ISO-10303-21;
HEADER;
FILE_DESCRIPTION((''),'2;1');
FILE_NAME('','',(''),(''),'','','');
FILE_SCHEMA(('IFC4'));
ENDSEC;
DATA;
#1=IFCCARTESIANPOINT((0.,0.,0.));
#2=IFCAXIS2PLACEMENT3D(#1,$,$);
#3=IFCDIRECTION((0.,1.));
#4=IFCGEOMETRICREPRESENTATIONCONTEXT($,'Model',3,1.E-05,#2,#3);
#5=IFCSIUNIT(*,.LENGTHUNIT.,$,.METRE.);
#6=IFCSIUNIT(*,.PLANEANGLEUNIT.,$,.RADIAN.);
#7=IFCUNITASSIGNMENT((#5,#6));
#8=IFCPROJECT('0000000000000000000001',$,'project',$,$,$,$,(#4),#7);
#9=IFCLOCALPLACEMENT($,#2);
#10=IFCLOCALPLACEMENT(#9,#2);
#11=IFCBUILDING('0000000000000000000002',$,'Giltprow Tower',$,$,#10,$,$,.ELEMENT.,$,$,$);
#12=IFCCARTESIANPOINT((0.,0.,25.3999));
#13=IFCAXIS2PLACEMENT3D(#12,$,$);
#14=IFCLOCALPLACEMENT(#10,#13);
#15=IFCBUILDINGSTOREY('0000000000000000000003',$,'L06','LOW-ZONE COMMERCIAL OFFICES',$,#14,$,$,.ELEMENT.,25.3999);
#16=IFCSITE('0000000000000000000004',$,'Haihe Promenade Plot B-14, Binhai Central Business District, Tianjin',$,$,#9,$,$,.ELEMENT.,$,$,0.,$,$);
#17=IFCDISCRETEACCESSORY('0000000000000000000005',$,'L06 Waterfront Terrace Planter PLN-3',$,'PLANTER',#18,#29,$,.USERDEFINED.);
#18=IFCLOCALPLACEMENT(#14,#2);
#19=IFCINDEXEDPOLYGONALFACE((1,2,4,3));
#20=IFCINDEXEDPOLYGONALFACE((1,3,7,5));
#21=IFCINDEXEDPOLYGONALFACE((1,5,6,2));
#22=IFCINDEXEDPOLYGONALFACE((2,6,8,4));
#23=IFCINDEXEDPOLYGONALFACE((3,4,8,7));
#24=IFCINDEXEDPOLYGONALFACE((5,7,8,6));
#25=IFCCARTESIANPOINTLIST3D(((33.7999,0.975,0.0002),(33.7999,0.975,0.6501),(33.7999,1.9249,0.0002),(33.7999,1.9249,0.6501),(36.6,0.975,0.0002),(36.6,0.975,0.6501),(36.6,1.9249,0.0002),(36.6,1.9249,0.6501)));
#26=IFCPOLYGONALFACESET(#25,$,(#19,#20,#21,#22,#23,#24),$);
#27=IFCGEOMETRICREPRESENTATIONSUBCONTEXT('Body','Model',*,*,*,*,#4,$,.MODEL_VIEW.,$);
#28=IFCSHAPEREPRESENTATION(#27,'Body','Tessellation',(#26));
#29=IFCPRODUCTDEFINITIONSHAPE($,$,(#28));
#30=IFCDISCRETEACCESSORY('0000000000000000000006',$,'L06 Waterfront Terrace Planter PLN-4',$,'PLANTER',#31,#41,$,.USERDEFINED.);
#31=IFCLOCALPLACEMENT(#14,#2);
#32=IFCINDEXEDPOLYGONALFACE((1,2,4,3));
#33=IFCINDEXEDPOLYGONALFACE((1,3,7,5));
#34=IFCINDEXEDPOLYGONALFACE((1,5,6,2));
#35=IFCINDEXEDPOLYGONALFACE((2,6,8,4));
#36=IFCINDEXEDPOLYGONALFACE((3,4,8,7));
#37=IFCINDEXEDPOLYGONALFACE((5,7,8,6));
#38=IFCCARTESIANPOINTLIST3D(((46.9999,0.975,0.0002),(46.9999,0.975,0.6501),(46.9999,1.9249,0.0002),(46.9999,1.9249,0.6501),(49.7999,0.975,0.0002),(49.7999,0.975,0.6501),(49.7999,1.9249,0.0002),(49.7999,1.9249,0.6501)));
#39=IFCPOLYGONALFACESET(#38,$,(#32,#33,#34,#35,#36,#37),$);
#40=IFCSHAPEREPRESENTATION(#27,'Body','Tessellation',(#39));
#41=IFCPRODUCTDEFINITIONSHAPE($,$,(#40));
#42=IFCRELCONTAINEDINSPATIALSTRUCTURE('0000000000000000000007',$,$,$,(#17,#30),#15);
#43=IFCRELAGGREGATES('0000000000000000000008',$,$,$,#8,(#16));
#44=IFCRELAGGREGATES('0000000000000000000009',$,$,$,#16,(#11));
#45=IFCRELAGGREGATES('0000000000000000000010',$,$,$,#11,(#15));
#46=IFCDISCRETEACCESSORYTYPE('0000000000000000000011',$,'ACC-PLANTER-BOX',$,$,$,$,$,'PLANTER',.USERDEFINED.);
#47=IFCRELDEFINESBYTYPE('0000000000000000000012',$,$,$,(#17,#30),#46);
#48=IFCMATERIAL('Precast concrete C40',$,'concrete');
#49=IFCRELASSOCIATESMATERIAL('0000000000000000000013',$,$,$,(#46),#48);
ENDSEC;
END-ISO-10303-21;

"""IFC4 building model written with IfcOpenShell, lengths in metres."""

from ifc_helpers import new_model, si_unit, direction, frame, origin, origin_2d, place, context, subcontext, project, spatial, rectangle, extrude, source, transform, mapped, material, type_object, element, save


model = new_model("IFC4")

# Units and contexts
model_context = context("Model", 3, precision=1e-05, world=origin(), true_north=direction((0.0, 1.0)))
body_context = subcontext(model_context, "Body", "Model", "MODEL_VIEW")
ifc_project = project(units=[si_unit("LENGTHUNIT", "METRE"), si_unit("PLANEANGLEUNIT", "RADIAN")], contexts=[model_context])

# Site, building, storey
site_placement = place(None, origin())
site = spatial("IfcSite", under=ifc_project, at=site_placement, Name="Haihe Promenade Plot B-14, Binhai Central Business District, Tianjin", CompositionType="ELEMENT", RefElevation=0.0)
building_placement = place(site_placement, origin())
building = spatial("IfcBuilding", under=site, at=building_placement, Name="Giltprow Tower", CompositionType="ELEMENT")
storey_placement = place(building_placement, frame((0.0, 0.0, 25.3999)))
storey = spatial("IfcBuildingStorey", under=building, at=storey_placement, Name="L06", Description="LOW-ZONE COMMERCIAL OFFICES", CompositionType="ELEMENT", Elevation=25.3999)

# Shared definitions
ifc_material_1 = material(Name="Precast concrete C40", Category="concrete")

# Discrete accessories
discrete_accessory_type = type_object("IfcDiscreteAccessoryType", Name="ACC-PLANTER-BOX", ElementType="PLANTER", PredefinedType="USERDEFINED", material=ifc_material_1)
shared_shape_1 = source(origin(), body_context, "Body", "SweptSolid", [
    extrude(rectangle(XDim=2.8, YDim=0.95, at=origin_2d()), origin(), (0.0, 0.0, 1.0), 0.6499),
])
for number, where, z_axis, x_axis, name in (
    (1, (35.2, 1.45, 0.0002), (0.0, 0.0, 1.0), (1.0, 0.0, 0.0), "L06 Waterfront Terrace Planter PLN-3"),
    (2, (48.3999, 1.45, 0.0002), (0.0, 0.0, 1.0), (1.0, 0.0, 0.0), "L06 Waterfront Terrace Planter PLN-4"),
):
    element("IfcDiscreteAccessory", number, at=place(storey_placement, frame(where, z_axis=z_axis, x_axis=x_axis)), inside=storey, type_object=discrete_accessory_type, Name=name, ObjectType="PLANTER", PredefinedType="USERDEFINED", context=body_context, shape_type="MappedRepresentation", body=[
        mapped(shared_shape_1, transform((0.0, 0.0, 0.0), x_axis=(1.0, 0.0, 0.0), y_axis=(0.0, 1.0, 0.0), z_axis=(0.0, 0.0, 1.0), scale=1.0)),
    ])

save(model, "model.ifc")
